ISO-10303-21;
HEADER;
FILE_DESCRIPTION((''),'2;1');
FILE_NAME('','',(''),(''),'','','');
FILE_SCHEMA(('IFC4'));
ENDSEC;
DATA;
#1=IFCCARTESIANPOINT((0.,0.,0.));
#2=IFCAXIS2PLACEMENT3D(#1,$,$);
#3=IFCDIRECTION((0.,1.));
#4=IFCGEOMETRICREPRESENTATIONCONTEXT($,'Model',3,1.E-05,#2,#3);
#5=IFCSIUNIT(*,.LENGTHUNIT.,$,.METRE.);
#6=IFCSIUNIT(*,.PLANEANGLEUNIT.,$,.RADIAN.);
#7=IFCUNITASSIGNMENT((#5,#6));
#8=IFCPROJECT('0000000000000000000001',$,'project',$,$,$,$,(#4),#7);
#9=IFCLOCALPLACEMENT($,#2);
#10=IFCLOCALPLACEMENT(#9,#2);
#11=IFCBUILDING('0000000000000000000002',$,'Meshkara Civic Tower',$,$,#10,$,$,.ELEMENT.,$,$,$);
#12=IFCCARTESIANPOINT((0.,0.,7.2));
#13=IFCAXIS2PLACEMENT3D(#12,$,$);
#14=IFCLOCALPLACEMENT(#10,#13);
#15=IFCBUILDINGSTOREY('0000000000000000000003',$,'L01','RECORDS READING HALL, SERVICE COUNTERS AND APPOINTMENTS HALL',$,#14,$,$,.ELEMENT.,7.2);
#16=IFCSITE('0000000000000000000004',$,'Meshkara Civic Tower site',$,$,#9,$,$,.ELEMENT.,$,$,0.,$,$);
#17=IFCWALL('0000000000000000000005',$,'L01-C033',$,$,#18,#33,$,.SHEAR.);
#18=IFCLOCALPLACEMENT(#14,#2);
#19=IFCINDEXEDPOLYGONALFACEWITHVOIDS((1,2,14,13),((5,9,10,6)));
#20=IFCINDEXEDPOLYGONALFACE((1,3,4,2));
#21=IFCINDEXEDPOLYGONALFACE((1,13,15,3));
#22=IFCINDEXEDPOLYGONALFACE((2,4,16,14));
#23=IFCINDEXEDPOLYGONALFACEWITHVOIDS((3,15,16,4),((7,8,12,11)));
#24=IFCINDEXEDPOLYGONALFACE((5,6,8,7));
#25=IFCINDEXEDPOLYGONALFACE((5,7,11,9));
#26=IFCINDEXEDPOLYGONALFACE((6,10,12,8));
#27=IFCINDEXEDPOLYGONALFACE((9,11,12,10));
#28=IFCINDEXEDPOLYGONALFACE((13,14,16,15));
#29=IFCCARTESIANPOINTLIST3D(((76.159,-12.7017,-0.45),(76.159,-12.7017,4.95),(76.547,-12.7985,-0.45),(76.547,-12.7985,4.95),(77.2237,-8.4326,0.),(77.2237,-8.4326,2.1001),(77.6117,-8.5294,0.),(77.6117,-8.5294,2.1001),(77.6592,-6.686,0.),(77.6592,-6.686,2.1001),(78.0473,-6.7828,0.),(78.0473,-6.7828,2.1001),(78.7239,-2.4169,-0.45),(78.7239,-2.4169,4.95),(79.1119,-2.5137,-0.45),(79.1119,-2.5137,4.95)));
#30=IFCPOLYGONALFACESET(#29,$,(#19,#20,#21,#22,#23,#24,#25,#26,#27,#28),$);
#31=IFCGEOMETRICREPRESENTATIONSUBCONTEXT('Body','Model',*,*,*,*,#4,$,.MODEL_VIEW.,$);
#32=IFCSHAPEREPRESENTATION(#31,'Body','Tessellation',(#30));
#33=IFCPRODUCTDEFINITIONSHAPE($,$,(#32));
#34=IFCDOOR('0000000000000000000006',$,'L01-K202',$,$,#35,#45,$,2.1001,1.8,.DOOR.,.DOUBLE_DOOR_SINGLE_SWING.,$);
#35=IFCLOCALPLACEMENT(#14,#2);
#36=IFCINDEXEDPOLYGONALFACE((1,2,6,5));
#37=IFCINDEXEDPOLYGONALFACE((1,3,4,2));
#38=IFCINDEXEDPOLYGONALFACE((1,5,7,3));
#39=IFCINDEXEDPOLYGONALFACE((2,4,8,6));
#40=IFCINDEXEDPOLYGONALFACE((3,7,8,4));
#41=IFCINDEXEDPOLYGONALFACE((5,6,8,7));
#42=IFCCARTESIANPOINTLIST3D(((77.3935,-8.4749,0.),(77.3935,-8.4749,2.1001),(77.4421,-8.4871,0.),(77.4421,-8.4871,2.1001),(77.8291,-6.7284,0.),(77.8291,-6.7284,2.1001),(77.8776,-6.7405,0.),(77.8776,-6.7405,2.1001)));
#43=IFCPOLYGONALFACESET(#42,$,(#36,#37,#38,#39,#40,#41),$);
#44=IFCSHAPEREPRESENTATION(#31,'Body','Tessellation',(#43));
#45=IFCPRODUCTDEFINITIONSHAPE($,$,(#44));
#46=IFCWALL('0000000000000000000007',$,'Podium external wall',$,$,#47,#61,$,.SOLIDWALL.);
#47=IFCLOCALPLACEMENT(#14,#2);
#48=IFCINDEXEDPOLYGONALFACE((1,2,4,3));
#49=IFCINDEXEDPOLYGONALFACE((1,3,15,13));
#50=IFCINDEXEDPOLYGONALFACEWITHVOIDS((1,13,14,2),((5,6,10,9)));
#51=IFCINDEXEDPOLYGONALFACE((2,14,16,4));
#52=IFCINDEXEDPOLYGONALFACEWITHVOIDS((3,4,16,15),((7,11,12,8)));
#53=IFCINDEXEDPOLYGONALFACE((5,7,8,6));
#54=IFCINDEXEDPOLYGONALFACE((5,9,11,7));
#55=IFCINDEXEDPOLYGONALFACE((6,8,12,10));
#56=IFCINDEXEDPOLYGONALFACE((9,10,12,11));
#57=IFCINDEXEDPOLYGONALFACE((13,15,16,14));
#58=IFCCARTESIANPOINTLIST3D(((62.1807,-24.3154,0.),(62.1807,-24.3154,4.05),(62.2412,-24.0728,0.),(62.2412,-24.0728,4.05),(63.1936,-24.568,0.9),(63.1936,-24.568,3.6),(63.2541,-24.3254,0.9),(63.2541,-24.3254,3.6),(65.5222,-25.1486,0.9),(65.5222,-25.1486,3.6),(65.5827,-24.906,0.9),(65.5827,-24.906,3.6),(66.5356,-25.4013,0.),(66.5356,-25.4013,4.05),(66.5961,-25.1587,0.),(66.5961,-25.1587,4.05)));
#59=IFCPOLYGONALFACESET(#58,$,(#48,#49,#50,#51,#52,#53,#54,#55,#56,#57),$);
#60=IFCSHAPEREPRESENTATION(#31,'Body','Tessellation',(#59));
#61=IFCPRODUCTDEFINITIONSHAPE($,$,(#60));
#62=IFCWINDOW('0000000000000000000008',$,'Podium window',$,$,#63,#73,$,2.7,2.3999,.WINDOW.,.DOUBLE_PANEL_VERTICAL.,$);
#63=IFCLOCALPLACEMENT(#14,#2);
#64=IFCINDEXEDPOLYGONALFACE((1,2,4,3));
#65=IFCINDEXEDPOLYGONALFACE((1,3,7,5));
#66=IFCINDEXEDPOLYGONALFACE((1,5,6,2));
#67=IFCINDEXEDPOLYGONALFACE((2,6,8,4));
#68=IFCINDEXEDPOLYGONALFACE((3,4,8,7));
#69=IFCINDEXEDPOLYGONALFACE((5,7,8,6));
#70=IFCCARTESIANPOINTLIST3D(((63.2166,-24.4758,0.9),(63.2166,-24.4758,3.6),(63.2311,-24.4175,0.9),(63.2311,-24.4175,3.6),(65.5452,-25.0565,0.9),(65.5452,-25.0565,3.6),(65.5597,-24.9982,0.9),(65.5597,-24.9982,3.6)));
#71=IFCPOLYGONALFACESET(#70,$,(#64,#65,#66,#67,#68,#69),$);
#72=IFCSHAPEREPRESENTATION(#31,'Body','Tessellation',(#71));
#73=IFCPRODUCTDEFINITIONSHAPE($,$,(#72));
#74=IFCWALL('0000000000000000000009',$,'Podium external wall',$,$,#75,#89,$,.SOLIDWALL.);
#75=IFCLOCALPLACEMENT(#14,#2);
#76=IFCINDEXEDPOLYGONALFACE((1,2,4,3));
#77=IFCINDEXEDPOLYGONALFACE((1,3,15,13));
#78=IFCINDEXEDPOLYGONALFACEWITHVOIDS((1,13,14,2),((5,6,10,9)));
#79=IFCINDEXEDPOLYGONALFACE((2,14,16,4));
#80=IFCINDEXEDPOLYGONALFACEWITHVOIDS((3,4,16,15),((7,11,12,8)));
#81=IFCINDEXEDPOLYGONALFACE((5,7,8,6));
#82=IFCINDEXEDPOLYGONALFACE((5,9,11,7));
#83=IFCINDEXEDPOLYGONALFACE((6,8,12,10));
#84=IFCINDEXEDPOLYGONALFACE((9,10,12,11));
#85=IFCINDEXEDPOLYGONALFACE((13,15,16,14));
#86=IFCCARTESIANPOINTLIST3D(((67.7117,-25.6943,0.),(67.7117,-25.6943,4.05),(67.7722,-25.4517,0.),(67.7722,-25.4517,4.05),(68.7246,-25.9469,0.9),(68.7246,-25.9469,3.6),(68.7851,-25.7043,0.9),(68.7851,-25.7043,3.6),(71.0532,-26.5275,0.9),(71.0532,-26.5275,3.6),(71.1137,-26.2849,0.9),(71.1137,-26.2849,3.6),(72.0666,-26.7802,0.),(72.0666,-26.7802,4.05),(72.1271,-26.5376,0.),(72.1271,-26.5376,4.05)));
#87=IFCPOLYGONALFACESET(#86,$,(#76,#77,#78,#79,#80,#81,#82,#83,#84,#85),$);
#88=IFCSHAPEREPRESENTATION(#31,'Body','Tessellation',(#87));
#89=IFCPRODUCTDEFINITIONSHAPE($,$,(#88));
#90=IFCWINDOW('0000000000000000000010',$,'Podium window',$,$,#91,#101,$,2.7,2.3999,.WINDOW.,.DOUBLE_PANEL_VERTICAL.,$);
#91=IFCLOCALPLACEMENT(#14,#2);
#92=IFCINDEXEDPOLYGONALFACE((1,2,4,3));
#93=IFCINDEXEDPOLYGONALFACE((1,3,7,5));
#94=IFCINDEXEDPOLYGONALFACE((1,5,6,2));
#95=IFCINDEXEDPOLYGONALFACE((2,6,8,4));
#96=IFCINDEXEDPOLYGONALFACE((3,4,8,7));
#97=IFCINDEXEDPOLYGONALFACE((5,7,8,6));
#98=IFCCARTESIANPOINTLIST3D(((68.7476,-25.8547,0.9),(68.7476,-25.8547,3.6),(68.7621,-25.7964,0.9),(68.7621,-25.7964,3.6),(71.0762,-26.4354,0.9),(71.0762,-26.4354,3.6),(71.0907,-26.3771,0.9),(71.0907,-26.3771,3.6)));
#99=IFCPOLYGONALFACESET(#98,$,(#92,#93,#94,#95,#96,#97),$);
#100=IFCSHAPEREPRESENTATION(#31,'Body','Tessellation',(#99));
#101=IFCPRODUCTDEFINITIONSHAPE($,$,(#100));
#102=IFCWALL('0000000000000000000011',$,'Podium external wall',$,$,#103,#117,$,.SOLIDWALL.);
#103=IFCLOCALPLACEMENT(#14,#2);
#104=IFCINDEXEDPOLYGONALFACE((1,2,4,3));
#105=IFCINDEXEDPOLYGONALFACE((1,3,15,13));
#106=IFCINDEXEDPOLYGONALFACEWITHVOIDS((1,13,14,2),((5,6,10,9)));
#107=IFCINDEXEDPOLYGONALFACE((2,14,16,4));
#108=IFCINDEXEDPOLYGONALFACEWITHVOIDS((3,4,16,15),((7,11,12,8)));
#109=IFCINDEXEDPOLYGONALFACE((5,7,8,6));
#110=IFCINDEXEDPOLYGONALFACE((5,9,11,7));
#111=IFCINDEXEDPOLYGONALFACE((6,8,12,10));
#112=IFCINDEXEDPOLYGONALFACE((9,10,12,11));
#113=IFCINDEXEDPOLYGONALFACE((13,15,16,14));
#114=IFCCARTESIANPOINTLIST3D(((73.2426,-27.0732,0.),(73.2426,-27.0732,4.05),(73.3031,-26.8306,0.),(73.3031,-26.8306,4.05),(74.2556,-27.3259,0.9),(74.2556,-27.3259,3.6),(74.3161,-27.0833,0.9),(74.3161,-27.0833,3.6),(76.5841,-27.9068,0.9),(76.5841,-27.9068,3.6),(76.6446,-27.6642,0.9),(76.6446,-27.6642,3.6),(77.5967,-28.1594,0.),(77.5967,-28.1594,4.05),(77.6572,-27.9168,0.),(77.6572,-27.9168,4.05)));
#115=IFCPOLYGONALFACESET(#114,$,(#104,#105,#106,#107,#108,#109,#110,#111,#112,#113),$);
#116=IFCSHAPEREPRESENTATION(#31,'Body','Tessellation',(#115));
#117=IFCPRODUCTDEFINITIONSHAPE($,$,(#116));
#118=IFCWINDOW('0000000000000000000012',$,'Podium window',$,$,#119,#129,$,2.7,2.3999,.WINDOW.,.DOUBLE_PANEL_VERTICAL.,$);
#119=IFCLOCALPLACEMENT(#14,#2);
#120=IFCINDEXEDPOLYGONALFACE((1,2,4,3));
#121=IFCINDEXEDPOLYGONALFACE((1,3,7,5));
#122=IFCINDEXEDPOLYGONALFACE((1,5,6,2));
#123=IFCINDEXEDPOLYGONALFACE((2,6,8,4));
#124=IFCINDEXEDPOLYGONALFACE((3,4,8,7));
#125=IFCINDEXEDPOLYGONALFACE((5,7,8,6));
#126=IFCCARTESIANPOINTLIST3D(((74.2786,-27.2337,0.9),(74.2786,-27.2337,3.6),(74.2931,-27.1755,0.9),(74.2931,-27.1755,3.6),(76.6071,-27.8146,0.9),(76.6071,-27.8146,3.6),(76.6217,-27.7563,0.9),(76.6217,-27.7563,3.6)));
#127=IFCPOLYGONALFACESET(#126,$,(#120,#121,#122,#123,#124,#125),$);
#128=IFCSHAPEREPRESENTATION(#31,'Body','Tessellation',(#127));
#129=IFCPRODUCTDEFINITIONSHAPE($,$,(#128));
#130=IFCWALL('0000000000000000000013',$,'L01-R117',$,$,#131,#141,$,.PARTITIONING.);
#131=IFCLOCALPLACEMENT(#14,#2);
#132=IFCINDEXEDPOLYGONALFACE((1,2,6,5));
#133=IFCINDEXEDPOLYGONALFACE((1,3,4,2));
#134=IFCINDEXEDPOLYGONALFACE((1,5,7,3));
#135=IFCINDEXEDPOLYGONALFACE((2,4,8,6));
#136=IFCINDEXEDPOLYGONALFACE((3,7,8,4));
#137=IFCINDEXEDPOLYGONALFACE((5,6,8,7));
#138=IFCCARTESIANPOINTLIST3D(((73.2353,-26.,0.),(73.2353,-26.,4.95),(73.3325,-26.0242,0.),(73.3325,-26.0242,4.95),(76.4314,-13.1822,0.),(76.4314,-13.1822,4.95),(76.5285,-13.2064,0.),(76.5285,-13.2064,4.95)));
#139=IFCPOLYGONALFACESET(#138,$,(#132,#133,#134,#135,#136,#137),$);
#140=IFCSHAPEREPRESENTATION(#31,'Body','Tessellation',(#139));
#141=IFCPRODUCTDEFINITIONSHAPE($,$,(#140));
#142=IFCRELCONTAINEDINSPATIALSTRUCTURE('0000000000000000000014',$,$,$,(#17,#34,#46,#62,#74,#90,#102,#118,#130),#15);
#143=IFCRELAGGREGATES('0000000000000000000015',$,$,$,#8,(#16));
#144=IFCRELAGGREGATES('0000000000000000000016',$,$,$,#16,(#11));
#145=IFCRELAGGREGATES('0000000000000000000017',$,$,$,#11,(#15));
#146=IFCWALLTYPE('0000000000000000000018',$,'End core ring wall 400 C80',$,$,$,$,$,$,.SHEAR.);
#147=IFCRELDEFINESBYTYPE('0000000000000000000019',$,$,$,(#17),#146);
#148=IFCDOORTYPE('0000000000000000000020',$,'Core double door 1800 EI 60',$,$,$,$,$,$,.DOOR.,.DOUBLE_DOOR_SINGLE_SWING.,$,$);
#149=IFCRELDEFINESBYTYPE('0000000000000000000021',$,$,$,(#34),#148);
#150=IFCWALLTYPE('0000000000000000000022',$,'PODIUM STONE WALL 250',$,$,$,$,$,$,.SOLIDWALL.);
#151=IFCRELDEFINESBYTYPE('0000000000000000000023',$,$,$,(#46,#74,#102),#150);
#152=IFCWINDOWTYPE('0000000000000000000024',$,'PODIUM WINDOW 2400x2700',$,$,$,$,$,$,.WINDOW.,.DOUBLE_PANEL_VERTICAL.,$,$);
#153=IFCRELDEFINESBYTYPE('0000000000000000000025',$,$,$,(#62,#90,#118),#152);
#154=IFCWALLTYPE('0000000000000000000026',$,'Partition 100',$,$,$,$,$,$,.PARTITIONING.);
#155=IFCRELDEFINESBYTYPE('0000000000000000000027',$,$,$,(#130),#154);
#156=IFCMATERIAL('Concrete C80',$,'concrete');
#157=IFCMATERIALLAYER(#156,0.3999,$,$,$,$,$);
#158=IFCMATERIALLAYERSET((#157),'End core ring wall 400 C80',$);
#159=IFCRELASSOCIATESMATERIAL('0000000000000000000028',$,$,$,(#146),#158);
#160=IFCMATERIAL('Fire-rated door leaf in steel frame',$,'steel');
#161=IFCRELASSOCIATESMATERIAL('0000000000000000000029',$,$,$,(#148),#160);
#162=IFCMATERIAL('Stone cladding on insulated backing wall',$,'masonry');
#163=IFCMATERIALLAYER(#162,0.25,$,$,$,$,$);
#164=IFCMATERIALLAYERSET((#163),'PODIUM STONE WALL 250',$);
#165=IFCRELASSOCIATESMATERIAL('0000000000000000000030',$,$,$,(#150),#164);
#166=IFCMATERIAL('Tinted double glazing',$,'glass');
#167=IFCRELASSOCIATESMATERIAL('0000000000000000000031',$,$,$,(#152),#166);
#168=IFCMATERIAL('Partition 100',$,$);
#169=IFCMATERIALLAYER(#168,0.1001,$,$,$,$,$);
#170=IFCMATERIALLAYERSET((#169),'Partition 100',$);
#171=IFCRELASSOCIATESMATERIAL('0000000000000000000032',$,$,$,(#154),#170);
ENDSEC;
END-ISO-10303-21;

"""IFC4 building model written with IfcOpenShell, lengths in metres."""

from ifc_helpers import new_model, si_unit, direction, frame, frame_2d, origin, place, context, subcontext, project, spatial, rectangle, extrude, material, layer, layer_set, type_object, element, fill, save


model = new_model("IFC4")

# Units and contexts
model_context = context("Model", 3, precision=1e-05, world=origin(), true_north=direction((0.0, 1.0)))
body_context = subcontext(model_context, "Body", "Model", "MODEL_VIEW")
ifc_project = project(units=[si_unit("LENGTHUNIT", "METRE"), si_unit("PLANEANGLEUNIT", "RADIAN")], contexts=[model_context])

# Site, building, storey
site_placement = place(None, origin())
site = spatial("IfcSite", under=ifc_project, at=site_placement, Name="Meshkara Civic Tower site", CompositionType="ELEMENT", RefElevation=0.0)
building_placement = place(site_placement, origin())
building = spatial("IfcBuilding", under=site, at=building_placement, Name="Meshkara Civic Tower", CompositionType="ELEMENT")
storey_placement = place(building_placement, frame((0.0, 0.0, 7.2)))
storey = spatial("IfcBuildingStorey", under=building, at=storey_placement, Name="L01", Description="RECORDS READING HALL, SERVICE COUNTERS AND APPOINTMENTS HALL", CompositionType="ELEMENT", Elevation=7.2)

# Shared definitions
ifc_material_1 = material(Name="Concrete C80", Category="concrete")
ifc_layer_1 = layer(ifc_material_1, 0.3999)
ifc_layer_set_1 = layer_set([ifc_layer_1], Name="End core ring wall 400 C80")
wall_type_1 = type_object("IfcWallType", Name="End core ring wall 400 C80", PredefinedType="SHEAR", material=ifc_layer_set_1)

# Wall, opening, door
wall_1_placement = place(storey_placement, frame((76.353, -12.75, -0.45), z_axis=(0.0, 0.0, 1.0), x_axis=(0.241977, 0.970282, 0.0)))
wall_1 = element("IfcWall", 1, at=wall_1_placement, inside=storey, type_object=wall_type_1, Name="L01-C033", PredefinedType="SHEAR", context=body_context, shape_type="SweptSolid", body=[
    extrude(rectangle(XDim=10.5999, YDim=0.3999, at=frame_2d((5.2998, 0.0))), origin(), (0.0, 0.0, 1.0), 5.3999),
])
opening_1_placement = place(wall_1_placement, frame((4.3999, 0.0, 0.45)))
opening_1 = element("IfcOpeningElement", 2, at=opening_1_placement, cuts=wall_1, PredefinedType="OPENING", context=body_context, shape_type="SweptSolid", body=[
    extrude(rectangle(XDim=1.8, YDim=2.1001, at=frame_2d((0.8999, 1.05))), frame((0.0, 0.21, 0.0), z_axis=(0.0, -1.0, 0.0), x_axis=(1.0, 0.0, 0.0)), (0.0, 0.0, 1.0), 0.4199),
])
ifc_material_2 = material(Name="Fire-rated door leaf in steel frame", Category="steel")
door_type_1 = type_object("IfcDoorType", Name="Core double door 1800 EI 60", OperationType="DOUBLE_DOOR_SINGLE_SWING", PredefinedType="DOOR", material=ifc_material_2)
door_1_placement = place(opening_1_placement, origin())
door_1 = element("IfcDoor", 3, at=door_1_placement, inside=storey, type_object=door_type_1, Name="L01-K202", OperationType="DOUBLE_DOOR_SINGLE_SWING", OverallHeight=2.1001, OverallWidth=1.8, PredefinedType="DOOR", context=body_context, shape_type="SweptSolid", body=[
    extrude(rectangle(XDim=1.8, YDim=2.1001, at=frame_2d((0.8999, 1.05))), frame((0.0, 0.0249, 0.0), z_axis=(0.0, -1.0, 0.0), x_axis=(1.0, 0.0, 0.0)), (0.0, 0.0, 1.0), 0.05),
])
fill(opening_1, door_1)

# Walls, openings, windows
ifc_material_3 = material(Name="Stone cladding on insulated backing wall", Category="masonry")
ifc_layer_2 = layer(ifc_material_3, 0.25)
ifc_layer_set_2 = layer_set([ifc_layer_2], Name="PODIUM STONE WALL 250")
wall_type_2 = type_object("IfcWallType", Name="PODIUM STONE WALL 250", PredefinedType="SOLIDWALL", material=ifc_layer_set_2)
wall_2_placement = place(storey_placement, frame((62.2109, -24.1941, 0.0), z_axis=(0.0, 0.0, 1.0), x_axis=(0.97029, -0.241947, 0.0)))
wall_2 = element("IfcWall", 4, at=wall_2_placement, inside=storey, type_object=wall_type_2, Name="Podium external wall", PredefinedType="SOLIDWALL", context=body_context, shape_type="SweptSolid", body=[
    extrude(rectangle(XDim=4.4883, YDim=0.25, at=frame_2d((2.2441, 0.0))), origin(), (0.0, 0.0, 1.0), 4.05),
])
opening_2_placement = place(wall_2_placement, frame((1.0439, 0.0, 0.8999)))
opening_2 = element("IfcOpeningElement", 5, at=opening_2_placement, cuts=wall_2, PredefinedType="OPENING", context=body_context, shape_type="SweptSolid", body=[
    extrude(rectangle(XDim=2.3999, YDim=2.7, at=frame_2d((1.2, 1.3501))), frame((0.0, 0.135, 0.0), z_axis=(0.0, -1.0, 0.0), x_axis=(1.0, 0.0, 0.0)), (0.0, 0.0, 1.0), 0.27),
])
ifc_material_4 = material(Name="Tinted double glazing", Category="glass")
window_type = type_object("IfcWindowType", Name="PODIUM WINDOW 2400x2700", PartitioningType="DOUBLE_PANEL_VERTICAL", PredefinedType="WINDOW", material=ifc_material_4)
window_1_placement = place(opening_2_placement, origin())
window_1 = element("IfcWindow", 6, at=window_1_placement, inside=storey, type_object=window_type, Name="Podium window", OverallHeight=2.7, OverallWidth=2.3999, PartitioningType="DOUBLE_PANEL_VERTICAL", PredefinedType="WINDOW", context=body_context, shape_type="SweptSolid", body=[
    extrude(rectangle(XDim=2.3999, YDim=2.7, at=frame_2d((1.2, 1.3501))), frame((0.0, 0.03, 0.0), z_axis=(0.0, -1.0, 0.0), x_axis=(1.0, 0.0, 0.0)), (0.0, 0.0, 1.0), 0.0601),
])
fill(opening_2, window_1)
wall_3_placement = place(storey_placement, frame((67.7419, -25.573, 0.0), z_axis=(0.0, 0.0, 1.0), x_axis=(0.97029, -0.241947, 0.0)))
wall_3 = element("IfcWall", 7, at=wall_3_placement, inside=storey, type_object=wall_type_2, Name="Podium external wall", PredefinedType="SOLIDWALL", context=body_context, shape_type="SweptSolid", body=[
    extrude(rectangle(XDim=4.4883, YDim=0.25, at=frame_2d((2.2441, 0.0))), origin(), (0.0, 0.0, 1.0), 4.05),
])
opening_3_placement = place(wall_3_placement, frame((1.0439, 0.0, 0.8999)))
opening_3 = element("IfcOpeningElement", 8, at=opening_3_placement, cuts=wall_3, PredefinedType="OPENING", context=body_context, shape_type="SweptSolid", body=[
    extrude(rectangle(XDim=2.3999, YDim=2.7, at=frame_2d((1.2, 1.3501))), frame((0.0, 0.135, 0.0), z_axis=(0.0, -1.0, 0.0), x_axis=(1.0, 0.0, 0.0)), (0.0, 0.0, 1.0), 0.27),
])
window_2_placement = place(opening_3_placement, origin())
window_2 = element("IfcWindow", 9, at=window_2_placement, inside=storey, type_object=window_type, Name="Podium window", OverallHeight=2.7, OverallWidth=2.3999, PartitioningType="DOUBLE_PANEL_VERTICAL", PredefinedType="WINDOW", context=body_context, shape_type="SweptSolid", body=[
    extrude(rectangle(XDim=2.3999, YDim=2.7, at=frame_2d((1.2, 1.3501))), frame((0.0, 0.03, 0.0), z_axis=(0.0, -1.0, 0.0), x_axis=(1.0, 0.0, 0.0)), (0.0, 0.0, 1.0), 0.0601),
])
fill(opening_3, window_2)
wall_4_placement = place(storey_placement, frame((73.2729, -26.9519, 0.0), z_axis=(0.0, 0.0, 1.0), x_axis=(0.970264, -0.242049, 0.0)))
wall_4 = element("IfcWall", 10, at=wall_4_placement, inside=storey, type_object=wall_type_2, Name="Podium external wall", PredefinedType="SOLIDWALL", context=body_context, shape_type="SweptSolid", body=[
    extrude(rectangle(XDim=4.4875, YDim=0.25, at=frame_2d((2.2437, 0.0))), origin(), (0.0, 0.0, 1.0), 4.05),
])
opening_4_placement = place(wall_4_placement, frame((1.0439, 0.0, 0.8999)))
opening_4 = element("IfcOpeningElement", 11, at=opening_4_placement, cuts=wall_4, PredefinedType="OPENING", context=body_context, shape_type="SweptSolid", body=[
    extrude(rectangle(XDim=2.3999, YDim=2.7, at=frame_2d((1.2, 1.3501))), frame((0.0, 0.135, 0.0), z_axis=(0.0, -1.0, 0.0), x_axis=(1.0, 0.0, 0.0)), (0.0, 0.0, 1.0), 0.27),
])
window_3_placement = place(opening_4_placement, origin())
window_3 = element("IfcWindow", 12, at=window_3_placement, inside=storey, type_object=window_type, Name="Podium window", OverallHeight=2.7, OverallWidth=2.3999, PartitioningType="DOUBLE_PANEL_VERTICAL", PredefinedType="WINDOW", context=body_context, shape_type="SweptSolid", body=[
    extrude(rectangle(XDim=2.3999, YDim=2.7, at=frame_2d((1.2, 1.3501))), frame((0.0, 0.03, 0.0), z_axis=(0.0, -1.0, 0.0), x_axis=(1.0, 0.0, 0.0)), (0.0, 0.0, 1.0), 0.0601),
])
fill(opening_4, window_3)

# Wall
ifc_material_5 = material(Name="Partition 100")
ifc_layer_3 = layer(ifc_material_5, 0.1001)
ifc_layer_set_3 = layer_set([ifc_layer_3], Name="Partition 100")
wall_type_3 = type_object("IfcWallType", Name="Partition 100", PredefinedType="PARTITIONING", material=ifc_layer_set_3)
wall_5_placement = place(storey_placement, frame((73.2839, -26.012, 0.0), z_axis=(0.0, 0.0, 1.0), x_axis=(0.241935, 0.970292, 0.0)))
element("IfcWall", 13, at=wall_5_placement, inside=storey, type_object=wall_type_3, Name="L01-R117", PredefinedType="PARTITIONING", context=body_context, shape_type="SweptSolid", body=[
    extrude(rectangle(XDim=13.2102, YDim=0.1001, at=frame_2d((6.605, 0.0))), origin(), (0.0, 0.0, 1.0), 4.95),
])

save(model, "model.ifc")
